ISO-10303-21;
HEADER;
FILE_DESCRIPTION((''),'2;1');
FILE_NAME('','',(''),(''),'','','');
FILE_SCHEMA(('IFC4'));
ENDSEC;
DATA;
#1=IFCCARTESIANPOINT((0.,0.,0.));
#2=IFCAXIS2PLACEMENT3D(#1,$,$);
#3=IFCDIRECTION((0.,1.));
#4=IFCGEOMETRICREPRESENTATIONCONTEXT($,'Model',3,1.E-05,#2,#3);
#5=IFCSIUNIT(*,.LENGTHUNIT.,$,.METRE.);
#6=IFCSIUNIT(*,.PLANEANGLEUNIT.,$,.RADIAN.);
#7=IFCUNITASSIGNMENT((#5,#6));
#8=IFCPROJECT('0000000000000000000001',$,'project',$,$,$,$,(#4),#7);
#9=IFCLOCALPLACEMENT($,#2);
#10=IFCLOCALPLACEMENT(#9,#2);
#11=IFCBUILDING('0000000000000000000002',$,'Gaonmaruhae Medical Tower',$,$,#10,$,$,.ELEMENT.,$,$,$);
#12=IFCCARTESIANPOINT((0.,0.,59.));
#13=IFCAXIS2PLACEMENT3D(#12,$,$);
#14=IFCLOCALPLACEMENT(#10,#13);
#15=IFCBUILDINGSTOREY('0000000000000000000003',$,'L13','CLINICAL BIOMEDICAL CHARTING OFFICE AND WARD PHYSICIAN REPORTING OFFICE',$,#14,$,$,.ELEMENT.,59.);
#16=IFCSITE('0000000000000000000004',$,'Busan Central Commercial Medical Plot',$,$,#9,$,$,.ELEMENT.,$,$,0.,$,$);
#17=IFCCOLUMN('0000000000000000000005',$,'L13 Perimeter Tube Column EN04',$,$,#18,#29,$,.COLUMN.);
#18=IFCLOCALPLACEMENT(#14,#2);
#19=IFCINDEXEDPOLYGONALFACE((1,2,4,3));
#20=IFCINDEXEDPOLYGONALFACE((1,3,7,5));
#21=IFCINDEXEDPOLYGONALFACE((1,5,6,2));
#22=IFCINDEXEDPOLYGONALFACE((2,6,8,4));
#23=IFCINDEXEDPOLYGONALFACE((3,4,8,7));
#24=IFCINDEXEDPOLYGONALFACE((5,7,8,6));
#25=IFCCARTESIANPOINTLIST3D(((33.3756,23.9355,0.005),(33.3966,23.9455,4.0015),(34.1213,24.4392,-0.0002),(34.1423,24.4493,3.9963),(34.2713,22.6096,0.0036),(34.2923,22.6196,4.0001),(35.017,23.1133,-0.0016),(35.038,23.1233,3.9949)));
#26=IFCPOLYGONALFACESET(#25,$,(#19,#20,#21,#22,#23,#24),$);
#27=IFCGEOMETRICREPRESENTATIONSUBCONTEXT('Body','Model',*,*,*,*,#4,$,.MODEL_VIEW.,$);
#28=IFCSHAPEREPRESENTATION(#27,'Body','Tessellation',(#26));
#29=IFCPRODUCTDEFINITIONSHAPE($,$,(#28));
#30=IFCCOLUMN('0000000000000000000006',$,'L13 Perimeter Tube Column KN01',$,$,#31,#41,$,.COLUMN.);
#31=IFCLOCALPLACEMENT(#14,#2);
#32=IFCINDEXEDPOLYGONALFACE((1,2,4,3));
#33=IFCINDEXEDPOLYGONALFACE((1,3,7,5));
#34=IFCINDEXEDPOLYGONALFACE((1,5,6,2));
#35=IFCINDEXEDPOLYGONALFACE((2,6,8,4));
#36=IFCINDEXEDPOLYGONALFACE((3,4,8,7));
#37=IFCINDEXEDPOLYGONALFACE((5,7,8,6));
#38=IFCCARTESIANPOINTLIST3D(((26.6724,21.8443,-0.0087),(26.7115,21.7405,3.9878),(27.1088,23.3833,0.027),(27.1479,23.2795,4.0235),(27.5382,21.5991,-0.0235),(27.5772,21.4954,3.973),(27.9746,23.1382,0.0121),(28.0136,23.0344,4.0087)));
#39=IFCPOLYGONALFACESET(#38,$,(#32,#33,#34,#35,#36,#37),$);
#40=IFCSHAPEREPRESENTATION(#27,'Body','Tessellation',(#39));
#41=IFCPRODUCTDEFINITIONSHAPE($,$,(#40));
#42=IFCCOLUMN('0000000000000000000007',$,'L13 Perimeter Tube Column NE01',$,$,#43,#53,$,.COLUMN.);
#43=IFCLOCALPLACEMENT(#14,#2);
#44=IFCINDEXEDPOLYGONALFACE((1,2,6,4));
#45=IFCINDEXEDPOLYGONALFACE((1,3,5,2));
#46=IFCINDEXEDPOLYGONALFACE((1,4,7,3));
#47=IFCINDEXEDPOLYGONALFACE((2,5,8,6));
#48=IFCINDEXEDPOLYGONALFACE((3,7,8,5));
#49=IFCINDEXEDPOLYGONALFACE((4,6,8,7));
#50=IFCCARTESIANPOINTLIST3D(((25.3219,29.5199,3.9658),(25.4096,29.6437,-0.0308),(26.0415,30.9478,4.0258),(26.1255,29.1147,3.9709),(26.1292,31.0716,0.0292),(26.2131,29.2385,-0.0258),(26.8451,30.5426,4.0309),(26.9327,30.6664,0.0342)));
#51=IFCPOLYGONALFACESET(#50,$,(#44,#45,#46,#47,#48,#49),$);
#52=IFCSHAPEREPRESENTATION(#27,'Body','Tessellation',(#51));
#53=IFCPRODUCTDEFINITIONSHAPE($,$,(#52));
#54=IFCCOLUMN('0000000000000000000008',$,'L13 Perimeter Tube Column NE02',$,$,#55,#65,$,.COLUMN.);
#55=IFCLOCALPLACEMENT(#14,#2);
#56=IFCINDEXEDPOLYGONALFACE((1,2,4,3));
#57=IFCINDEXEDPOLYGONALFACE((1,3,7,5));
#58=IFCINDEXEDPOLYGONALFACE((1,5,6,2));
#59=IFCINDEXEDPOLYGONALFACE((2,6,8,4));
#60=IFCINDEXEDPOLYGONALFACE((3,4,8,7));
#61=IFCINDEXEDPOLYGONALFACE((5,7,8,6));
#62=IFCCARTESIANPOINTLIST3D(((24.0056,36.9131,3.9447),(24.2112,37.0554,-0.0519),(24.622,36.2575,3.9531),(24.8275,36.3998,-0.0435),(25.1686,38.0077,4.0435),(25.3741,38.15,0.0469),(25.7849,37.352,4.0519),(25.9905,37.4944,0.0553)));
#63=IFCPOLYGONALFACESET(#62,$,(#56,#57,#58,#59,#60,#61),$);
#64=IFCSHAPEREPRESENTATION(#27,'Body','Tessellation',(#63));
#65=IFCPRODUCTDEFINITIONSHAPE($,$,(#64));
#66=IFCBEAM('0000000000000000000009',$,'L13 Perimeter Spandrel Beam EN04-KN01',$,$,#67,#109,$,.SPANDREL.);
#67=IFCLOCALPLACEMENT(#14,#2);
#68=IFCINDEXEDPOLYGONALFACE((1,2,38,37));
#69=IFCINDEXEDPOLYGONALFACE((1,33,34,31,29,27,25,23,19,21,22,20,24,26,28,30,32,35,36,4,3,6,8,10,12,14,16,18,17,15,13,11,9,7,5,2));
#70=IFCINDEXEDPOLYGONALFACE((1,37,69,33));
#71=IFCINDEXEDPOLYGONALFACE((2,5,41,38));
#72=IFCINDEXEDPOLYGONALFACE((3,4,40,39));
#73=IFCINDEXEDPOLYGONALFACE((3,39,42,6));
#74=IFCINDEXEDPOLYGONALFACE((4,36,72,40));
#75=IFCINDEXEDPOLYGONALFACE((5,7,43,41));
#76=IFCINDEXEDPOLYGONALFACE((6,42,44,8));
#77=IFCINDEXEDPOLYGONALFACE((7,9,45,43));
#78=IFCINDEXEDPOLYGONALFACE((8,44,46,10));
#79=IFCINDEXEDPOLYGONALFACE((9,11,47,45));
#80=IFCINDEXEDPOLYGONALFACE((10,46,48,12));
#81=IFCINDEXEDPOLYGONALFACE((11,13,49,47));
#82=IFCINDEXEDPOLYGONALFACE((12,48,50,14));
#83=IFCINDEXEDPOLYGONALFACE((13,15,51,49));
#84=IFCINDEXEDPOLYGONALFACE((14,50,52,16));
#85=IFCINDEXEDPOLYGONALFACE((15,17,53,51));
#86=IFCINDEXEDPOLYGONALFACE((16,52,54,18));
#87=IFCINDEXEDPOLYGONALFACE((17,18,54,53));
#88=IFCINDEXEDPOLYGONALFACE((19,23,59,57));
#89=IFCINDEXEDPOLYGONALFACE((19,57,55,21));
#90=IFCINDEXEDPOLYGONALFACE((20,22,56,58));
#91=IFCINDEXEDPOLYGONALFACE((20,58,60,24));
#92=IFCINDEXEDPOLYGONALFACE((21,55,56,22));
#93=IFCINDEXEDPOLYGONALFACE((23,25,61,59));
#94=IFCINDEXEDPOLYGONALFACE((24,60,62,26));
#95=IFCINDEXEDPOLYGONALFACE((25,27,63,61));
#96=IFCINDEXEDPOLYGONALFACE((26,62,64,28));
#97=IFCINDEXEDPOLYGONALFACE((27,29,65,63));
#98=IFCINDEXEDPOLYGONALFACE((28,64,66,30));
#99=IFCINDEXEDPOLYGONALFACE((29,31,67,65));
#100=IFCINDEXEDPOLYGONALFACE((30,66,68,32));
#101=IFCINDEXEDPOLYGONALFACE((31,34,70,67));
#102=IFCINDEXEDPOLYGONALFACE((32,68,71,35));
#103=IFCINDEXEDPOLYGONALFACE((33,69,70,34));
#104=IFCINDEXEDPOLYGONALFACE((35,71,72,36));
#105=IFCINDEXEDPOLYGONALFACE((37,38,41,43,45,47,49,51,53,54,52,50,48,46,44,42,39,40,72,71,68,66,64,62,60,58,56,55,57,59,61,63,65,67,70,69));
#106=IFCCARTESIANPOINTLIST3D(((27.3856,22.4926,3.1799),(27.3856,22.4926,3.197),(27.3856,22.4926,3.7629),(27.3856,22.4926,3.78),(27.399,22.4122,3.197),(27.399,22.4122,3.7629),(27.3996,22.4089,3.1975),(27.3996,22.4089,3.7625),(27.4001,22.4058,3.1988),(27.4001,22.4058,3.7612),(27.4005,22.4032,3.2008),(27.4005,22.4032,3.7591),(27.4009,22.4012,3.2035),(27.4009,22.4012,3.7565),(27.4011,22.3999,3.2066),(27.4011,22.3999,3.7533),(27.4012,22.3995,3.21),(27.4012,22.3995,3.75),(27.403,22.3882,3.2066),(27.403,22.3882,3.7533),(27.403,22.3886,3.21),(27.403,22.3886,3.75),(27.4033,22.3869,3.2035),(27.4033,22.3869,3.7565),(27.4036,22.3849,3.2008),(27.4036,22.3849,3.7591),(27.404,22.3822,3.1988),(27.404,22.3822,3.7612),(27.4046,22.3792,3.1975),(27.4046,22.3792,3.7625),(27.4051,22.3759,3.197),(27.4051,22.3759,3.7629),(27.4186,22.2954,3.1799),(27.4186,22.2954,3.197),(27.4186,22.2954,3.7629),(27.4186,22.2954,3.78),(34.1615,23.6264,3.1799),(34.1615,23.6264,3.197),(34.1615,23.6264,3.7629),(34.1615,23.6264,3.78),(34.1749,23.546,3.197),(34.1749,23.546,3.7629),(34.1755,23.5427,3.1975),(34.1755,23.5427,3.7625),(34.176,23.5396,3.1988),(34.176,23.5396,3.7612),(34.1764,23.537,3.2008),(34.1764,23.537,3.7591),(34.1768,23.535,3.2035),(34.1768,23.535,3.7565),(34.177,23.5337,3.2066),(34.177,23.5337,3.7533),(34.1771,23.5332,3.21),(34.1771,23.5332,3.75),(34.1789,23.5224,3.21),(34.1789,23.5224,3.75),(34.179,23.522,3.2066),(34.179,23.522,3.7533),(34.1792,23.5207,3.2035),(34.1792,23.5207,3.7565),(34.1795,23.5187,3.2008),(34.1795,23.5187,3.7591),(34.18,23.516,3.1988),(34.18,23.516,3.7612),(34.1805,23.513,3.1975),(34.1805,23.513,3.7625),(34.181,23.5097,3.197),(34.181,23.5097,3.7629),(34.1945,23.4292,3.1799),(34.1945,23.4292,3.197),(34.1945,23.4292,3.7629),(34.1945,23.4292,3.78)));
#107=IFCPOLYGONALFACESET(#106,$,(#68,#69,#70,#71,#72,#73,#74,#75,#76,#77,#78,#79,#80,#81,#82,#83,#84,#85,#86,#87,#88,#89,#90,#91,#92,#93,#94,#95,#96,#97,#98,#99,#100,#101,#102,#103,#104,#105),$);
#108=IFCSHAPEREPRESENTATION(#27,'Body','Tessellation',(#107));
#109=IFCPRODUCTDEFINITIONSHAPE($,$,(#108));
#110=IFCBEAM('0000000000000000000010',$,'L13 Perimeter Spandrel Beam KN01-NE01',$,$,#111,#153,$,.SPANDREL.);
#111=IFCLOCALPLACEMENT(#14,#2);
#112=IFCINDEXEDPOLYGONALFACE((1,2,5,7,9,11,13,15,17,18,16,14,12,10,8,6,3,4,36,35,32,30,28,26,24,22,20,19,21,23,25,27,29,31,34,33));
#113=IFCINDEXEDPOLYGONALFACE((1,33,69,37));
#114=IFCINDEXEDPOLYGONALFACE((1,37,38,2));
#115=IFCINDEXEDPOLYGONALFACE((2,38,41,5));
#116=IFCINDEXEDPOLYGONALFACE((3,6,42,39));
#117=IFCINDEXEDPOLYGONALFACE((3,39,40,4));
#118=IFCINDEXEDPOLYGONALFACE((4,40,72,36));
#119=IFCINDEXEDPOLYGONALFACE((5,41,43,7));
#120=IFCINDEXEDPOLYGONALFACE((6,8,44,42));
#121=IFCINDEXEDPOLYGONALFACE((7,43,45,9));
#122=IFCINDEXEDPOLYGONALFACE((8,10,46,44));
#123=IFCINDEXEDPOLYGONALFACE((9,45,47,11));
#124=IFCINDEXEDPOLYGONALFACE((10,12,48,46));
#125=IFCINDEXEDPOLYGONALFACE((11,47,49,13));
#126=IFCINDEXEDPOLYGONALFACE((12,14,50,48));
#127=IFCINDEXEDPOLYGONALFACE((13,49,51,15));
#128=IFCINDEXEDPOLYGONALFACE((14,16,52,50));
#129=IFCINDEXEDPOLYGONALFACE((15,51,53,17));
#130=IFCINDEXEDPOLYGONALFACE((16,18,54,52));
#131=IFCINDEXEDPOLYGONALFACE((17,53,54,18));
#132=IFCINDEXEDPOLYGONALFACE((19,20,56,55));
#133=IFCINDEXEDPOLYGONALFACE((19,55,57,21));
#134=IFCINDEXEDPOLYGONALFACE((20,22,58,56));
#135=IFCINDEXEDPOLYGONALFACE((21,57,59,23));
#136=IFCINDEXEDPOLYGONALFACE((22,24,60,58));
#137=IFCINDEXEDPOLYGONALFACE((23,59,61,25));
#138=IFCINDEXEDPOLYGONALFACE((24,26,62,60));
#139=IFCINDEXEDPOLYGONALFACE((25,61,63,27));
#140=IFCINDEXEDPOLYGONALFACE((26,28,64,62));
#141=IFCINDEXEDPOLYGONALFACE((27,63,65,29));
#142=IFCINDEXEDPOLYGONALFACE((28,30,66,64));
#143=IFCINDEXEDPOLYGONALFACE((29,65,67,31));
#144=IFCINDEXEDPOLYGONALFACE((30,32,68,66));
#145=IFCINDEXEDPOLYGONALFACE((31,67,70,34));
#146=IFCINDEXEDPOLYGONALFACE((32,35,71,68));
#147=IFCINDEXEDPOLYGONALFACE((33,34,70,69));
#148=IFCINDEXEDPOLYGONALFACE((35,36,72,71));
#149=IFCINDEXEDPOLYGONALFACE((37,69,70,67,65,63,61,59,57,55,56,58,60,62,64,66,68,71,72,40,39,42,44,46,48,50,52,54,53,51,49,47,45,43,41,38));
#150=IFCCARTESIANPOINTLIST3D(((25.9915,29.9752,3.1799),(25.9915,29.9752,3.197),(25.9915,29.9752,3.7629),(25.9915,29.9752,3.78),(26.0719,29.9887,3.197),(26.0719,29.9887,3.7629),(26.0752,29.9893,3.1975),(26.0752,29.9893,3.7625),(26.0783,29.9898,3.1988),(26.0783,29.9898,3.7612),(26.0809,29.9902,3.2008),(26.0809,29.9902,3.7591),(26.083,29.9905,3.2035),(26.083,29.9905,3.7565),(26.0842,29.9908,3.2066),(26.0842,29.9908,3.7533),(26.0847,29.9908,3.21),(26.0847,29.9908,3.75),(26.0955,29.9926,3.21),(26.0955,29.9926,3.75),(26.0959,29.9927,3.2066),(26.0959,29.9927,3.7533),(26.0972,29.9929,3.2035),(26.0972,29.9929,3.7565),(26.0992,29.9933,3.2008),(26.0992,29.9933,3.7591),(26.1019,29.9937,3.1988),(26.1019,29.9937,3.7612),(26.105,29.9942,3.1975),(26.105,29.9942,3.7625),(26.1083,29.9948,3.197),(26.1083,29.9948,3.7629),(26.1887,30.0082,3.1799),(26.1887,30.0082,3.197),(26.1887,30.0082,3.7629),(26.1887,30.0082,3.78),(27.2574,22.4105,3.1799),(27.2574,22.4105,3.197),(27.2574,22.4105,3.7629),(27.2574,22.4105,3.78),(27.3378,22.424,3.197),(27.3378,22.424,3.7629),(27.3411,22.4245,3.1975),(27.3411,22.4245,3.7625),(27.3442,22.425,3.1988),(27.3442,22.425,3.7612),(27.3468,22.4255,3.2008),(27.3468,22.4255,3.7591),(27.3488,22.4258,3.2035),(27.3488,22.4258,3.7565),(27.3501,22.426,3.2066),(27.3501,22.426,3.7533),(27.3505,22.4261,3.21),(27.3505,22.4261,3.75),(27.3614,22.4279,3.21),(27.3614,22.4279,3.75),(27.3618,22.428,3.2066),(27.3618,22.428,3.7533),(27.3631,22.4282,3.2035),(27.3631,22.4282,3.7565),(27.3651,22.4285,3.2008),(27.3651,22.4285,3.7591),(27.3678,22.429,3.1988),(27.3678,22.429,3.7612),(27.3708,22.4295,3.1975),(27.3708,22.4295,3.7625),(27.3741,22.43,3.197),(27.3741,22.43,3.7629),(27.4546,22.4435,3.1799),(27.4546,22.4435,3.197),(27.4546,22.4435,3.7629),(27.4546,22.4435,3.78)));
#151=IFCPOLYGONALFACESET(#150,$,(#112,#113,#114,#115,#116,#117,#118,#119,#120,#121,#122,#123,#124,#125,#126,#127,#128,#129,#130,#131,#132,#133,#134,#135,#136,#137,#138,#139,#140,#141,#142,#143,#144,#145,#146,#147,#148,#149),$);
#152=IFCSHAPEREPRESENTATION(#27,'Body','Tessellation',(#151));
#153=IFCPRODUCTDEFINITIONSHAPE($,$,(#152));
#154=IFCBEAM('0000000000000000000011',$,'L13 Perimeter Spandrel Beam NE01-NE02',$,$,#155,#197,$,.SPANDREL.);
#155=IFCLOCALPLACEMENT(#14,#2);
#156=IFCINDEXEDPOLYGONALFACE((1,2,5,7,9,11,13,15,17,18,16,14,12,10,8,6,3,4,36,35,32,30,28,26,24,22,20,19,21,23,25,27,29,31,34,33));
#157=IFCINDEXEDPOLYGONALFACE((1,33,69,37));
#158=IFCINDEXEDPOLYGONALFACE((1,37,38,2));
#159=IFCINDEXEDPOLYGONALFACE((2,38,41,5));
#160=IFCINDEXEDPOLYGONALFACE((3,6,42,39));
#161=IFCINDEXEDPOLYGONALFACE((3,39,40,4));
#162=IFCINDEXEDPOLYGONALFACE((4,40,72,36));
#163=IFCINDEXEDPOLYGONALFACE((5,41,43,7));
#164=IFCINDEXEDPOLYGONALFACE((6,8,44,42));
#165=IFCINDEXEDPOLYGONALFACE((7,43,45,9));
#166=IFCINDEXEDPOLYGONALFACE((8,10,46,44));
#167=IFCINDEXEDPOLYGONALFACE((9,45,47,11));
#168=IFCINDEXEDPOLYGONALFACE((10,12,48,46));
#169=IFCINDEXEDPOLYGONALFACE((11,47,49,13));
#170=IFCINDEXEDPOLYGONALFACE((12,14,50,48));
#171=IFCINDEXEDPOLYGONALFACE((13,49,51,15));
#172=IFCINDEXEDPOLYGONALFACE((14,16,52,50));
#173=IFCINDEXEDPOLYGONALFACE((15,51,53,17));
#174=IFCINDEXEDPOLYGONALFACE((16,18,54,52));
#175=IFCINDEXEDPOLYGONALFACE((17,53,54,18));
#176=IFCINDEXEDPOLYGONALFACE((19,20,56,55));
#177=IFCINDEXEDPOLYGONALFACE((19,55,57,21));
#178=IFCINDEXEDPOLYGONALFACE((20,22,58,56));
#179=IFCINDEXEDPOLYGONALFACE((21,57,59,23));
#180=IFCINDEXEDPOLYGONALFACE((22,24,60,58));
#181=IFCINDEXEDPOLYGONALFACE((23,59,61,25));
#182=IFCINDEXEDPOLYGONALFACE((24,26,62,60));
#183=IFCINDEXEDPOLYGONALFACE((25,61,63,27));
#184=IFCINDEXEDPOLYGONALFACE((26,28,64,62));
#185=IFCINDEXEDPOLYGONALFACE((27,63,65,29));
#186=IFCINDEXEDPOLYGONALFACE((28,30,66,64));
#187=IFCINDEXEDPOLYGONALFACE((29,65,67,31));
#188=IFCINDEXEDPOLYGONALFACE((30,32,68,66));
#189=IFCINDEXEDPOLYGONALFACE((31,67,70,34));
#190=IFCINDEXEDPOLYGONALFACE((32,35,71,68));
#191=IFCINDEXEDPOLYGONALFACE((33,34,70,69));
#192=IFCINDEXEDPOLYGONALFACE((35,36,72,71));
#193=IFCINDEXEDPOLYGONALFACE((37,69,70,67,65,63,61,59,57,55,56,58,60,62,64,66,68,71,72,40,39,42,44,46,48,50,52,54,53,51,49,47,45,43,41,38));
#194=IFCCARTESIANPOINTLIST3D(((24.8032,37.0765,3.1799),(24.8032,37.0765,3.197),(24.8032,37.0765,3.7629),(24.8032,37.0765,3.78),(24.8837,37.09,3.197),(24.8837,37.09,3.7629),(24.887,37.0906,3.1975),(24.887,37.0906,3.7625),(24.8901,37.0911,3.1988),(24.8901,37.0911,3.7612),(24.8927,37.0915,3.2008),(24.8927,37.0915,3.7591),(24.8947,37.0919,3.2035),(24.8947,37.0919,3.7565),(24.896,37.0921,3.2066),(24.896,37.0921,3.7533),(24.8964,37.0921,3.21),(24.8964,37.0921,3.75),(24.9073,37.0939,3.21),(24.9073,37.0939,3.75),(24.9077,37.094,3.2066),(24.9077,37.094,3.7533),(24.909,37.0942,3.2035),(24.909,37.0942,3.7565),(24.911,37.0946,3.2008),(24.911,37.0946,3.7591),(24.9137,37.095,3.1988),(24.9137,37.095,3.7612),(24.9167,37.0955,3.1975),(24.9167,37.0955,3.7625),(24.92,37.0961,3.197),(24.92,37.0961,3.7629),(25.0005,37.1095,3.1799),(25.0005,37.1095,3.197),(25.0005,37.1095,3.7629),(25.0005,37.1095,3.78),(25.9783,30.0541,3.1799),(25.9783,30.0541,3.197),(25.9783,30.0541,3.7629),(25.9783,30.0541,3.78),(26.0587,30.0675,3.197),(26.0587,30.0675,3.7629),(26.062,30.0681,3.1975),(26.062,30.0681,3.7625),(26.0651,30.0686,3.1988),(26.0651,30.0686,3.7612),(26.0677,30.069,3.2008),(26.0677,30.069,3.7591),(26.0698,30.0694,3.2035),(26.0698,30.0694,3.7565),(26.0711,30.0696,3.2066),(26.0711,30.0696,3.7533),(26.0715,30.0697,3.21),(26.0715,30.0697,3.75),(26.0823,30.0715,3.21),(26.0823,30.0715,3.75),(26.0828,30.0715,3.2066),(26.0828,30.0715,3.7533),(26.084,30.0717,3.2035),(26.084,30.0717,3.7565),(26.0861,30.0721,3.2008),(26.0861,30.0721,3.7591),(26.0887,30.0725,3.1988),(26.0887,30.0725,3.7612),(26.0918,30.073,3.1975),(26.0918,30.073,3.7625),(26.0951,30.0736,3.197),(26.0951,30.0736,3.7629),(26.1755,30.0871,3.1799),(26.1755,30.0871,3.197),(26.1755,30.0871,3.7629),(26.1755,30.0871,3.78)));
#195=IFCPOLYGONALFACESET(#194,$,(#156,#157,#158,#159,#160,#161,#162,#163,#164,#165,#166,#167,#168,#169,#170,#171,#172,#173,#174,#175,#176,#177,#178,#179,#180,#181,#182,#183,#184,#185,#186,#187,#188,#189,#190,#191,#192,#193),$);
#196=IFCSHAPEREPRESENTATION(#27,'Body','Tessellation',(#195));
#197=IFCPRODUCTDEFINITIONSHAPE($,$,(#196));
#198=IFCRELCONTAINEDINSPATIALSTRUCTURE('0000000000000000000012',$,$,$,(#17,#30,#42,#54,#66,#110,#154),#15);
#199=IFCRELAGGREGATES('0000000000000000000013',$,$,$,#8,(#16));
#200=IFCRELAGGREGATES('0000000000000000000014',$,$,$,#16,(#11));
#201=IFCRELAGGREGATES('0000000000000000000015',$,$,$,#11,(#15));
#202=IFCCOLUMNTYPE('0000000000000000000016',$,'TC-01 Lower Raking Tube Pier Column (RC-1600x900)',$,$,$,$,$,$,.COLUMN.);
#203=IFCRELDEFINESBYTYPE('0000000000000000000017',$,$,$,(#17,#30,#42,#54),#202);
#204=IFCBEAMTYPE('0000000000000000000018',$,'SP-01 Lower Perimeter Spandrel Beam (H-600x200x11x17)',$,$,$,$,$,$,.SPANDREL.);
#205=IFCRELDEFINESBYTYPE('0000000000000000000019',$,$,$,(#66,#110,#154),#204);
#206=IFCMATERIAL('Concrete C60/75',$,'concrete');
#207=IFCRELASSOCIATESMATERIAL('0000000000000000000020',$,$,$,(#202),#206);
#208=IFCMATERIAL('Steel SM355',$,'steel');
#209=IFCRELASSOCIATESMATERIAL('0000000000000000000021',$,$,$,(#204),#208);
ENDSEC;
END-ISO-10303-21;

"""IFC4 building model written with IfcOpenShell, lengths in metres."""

from ifc_helpers import new_model, si_unit, direction, frame, origin, origin_2d, place, context, subcontext, project, spatial, rectangle, i_section, extrude, material, material_profile, profile_set, type_object, element, save


model = new_model("IFC4")

# Units and contexts
model_context = context("Model", 3, precision=1e-05, world=origin(), true_north=direction((0.0, 1.0)))
body_context = subcontext(model_context, "Body", "Model", "MODEL_VIEW")
ifc_project = project(units=[si_unit("LENGTHUNIT", "METRE"), si_unit("PLANEANGLEUNIT", "RADIAN")], contexts=[model_context])

# Site, building, storey
site_placement = place(None, origin())
site = spatial("IfcSite", under=ifc_project, at=site_placement, Name="Busan Central Commercial Medical Plot", CompositionType="ELEMENT", RefElevation=0.0)
building_placement = place(site_placement, origin())
building = spatial("IfcBuilding", under=site, at=building_placement, Name="Gaonmaruhae Medical Tower", CompositionType="ELEMENT")
storey_placement = place(building_placement, frame((0.0, 0.0, 59.0)))
storey = spatial("IfcBuildingStorey", under=building, at=storey_placement, Name="L13", Description="CLINICAL BIOMEDICAL CHARTING OFFICE AND WARD PHYSICIAN REPORTING OFFICE", CompositionType="ELEMENT", Elevation=59.0)

# Columns
ifc_material_1 = material(Name="Concrete C60/75", Category="concrete")
ifc_material_profile_1 = material_profile(ifc_material_1, rectangle(XDim=1.6001, YDim=0.8999, at=origin_2d()), Name="RC-1600x900")
ifc_profile_set_1 = profile_set([ifc_material_profile_1], Name="Concrete C60/75")
column_type = type_object("IfcColumnType", Name="TC-01 Lower Raking Tube Pier Column (RC-1600x900)", PredefinedType="COLUMN", material=ifc_profile_set_1)
column_1_placement = place(storey_placement, frame((34.1963, 23.5244, 0.0017), z_axis=(0.005253, 0.002505, 0.999983), x_axis=(-0.559758, 0.828656, 0.000865)))
element("IfcColumn", 1, at=column_1_placement, inside=storey, type_object=column_type, Name="L13 Perimeter Tube Column EN04", PredefinedType="COLUMN", context=body_context, shape_type="SweptSolid", body=[
    extrude(rectangle(XDim=1.6001, YDim=0.8999, at=origin_2d()), origin(), (0.0, 0.0, 1.0), 3.9966),
])
column_2_placement = place(storey_placement, frame((27.3235, 22.4912, 0.0017), z_axis=(0.00977, -0.025952, 0.999615), x_axis=(0.272727, 0.961833, 0.022306)))
element("IfcColumn", 2, at=column_2_placement, inside=storey, type_object=column_type, Name="L13 Perimeter Tube Column KN01", PredefinedType="COLUMN", context=body_context, shape_type="SweptSolid", body=[
    extrude(rectangle(XDim=1.6001, YDim=0.8999, at=origin_2d()), origin(), (0.0, 0.0, 1.0), 3.998),
])
column_3_placement = place(storey_placement, frame((26.1711, 30.155, 0.0017), z_axis=(-0.021915, -0.030949, 0.999281), x_axis=(0.449716, 0.892384, 0.037501)))
element("IfcColumn", 3, at=column_3_placement, inside=storey, type_object=column_type, Name="L13 Perimeter Tube Column NE01", PredefinedType="COLUMN", context=body_context, shape_type="SweptSolid", body=[
    extrude(rectangle(XDim=1.6001, YDim=0.8999, at=origin_2d()), origin(), (0.0, 0.0, 1.0), 3.9995),
])
column_4_placement = place(storey_placement, frame((25.1008, 37.2749, 0.0017), z_axis=(-0.051335, -0.035544, 0.998049), x_axis=(0.7268, 0.684068, 0.061746)))
element("IfcColumn", 4, at=column_4_placement, inside=storey, type_object=column_type, Name="L13 Perimeter Tube Column NE02", PredefinedType="COLUMN", context=body_context, shape_type="SweptSolid", body=[
    extrude(rectangle(XDim=1.6001, YDim=0.8999, at=origin_2d()), origin(), (0.0, 0.0, 1.0), 4.0044),
])

# Beams
ifc_material_2 = material(Name="Steel SM355", Category="steel")
ifc_material_profile_2 = material_profile(ifc_material_2, i_section(OverallWidth=0.2, OverallDepth=0.6001, WebThickness=0.011, FlangeThickness=0.0171, FilletRadius=0.0129, at=origin_2d()), Name="H-600x200x11x17")
ifc_profile_set_2 = profile_set([ifc_material_profile_2], Name="Steel SM355")
beam_type = type_object("IfcBeamType", Name="SP-01 Lower Perimeter Spandrel Beam (H-600x200x11x17)", PredefinedType="SPANDREL", material=ifc_profile_set_2)
beam_1_placement = place(storey_placement, frame((34.178, 23.5278, 3.48), z_axis=(-0.986288, -0.165033, 0.0), x_axis=(0.165033, -0.986288, 0.0)))
element("IfcBeam", 5, at=beam_1_placement, inside=storey, type_object=beam_type, Name="L13 Perimeter Spandrel Beam EN04-KN01", PredefinedType="SPANDREL", context=body_context, shape_type="SweptSolid", body=[
    extrude(i_section(OverallWidth=0.2, OverallDepth=0.6001, WebThickness=0.011, FlangeThickness=0.0171, FilletRadius=0.0129, at=origin_2d()), origin(), (0.0, 0.0, 1.0), 6.8701),
])
beam_2_placement = place(storey_placement, frame((27.356, 22.427, 3.48), z_axis=(-0.165044, 0.986286, 0.0), x_axis=(-0.986286, -0.165044, 0.0)))
element("IfcBeam", 6, at=beam_2_placement, inside=storey, type_object=beam_type, Name="L13 Perimeter Spandrel Beam KN01-NE01", PredefinedType="SPANDREL", context=body_context, shape_type="SweptSolid", body=[
    extrude(i_section(OverallWidth=0.2, OverallDepth=0.6001, WebThickness=0.011, FlangeThickness=0.0171, FilletRadius=0.0129, at=origin_2d()), origin(), (0.0, 0.0, 1.0), 7.6699),
])
beam_3_placement = place(storey_placement, frame((26.0769, 30.0706, 3.48), z_axis=(-0.165033, 0.986288, 0.0), x_axis=(-0.986288, -0.165033, 0.0)))
element("IfcBeam", 7, at=beam_3_placement, inside=storey, type_object=beam_type, Name="L13 Perimeter Spandrel Beam NE01-NE02", PredefinedType="SPANDREL", context=body_context, shape_type="SweptSolid", body=[
    extrude(i_section(OverallWidth=0.2, OverallDepth=0.6001, WebThickness=0.011, FlangeThickness=0.0171, FilletRadius=0.0129, at=origin_2d()), origin(), (0.0, 0.0, 1.0), 7.1201),
])

save(model, "model.ifc")
